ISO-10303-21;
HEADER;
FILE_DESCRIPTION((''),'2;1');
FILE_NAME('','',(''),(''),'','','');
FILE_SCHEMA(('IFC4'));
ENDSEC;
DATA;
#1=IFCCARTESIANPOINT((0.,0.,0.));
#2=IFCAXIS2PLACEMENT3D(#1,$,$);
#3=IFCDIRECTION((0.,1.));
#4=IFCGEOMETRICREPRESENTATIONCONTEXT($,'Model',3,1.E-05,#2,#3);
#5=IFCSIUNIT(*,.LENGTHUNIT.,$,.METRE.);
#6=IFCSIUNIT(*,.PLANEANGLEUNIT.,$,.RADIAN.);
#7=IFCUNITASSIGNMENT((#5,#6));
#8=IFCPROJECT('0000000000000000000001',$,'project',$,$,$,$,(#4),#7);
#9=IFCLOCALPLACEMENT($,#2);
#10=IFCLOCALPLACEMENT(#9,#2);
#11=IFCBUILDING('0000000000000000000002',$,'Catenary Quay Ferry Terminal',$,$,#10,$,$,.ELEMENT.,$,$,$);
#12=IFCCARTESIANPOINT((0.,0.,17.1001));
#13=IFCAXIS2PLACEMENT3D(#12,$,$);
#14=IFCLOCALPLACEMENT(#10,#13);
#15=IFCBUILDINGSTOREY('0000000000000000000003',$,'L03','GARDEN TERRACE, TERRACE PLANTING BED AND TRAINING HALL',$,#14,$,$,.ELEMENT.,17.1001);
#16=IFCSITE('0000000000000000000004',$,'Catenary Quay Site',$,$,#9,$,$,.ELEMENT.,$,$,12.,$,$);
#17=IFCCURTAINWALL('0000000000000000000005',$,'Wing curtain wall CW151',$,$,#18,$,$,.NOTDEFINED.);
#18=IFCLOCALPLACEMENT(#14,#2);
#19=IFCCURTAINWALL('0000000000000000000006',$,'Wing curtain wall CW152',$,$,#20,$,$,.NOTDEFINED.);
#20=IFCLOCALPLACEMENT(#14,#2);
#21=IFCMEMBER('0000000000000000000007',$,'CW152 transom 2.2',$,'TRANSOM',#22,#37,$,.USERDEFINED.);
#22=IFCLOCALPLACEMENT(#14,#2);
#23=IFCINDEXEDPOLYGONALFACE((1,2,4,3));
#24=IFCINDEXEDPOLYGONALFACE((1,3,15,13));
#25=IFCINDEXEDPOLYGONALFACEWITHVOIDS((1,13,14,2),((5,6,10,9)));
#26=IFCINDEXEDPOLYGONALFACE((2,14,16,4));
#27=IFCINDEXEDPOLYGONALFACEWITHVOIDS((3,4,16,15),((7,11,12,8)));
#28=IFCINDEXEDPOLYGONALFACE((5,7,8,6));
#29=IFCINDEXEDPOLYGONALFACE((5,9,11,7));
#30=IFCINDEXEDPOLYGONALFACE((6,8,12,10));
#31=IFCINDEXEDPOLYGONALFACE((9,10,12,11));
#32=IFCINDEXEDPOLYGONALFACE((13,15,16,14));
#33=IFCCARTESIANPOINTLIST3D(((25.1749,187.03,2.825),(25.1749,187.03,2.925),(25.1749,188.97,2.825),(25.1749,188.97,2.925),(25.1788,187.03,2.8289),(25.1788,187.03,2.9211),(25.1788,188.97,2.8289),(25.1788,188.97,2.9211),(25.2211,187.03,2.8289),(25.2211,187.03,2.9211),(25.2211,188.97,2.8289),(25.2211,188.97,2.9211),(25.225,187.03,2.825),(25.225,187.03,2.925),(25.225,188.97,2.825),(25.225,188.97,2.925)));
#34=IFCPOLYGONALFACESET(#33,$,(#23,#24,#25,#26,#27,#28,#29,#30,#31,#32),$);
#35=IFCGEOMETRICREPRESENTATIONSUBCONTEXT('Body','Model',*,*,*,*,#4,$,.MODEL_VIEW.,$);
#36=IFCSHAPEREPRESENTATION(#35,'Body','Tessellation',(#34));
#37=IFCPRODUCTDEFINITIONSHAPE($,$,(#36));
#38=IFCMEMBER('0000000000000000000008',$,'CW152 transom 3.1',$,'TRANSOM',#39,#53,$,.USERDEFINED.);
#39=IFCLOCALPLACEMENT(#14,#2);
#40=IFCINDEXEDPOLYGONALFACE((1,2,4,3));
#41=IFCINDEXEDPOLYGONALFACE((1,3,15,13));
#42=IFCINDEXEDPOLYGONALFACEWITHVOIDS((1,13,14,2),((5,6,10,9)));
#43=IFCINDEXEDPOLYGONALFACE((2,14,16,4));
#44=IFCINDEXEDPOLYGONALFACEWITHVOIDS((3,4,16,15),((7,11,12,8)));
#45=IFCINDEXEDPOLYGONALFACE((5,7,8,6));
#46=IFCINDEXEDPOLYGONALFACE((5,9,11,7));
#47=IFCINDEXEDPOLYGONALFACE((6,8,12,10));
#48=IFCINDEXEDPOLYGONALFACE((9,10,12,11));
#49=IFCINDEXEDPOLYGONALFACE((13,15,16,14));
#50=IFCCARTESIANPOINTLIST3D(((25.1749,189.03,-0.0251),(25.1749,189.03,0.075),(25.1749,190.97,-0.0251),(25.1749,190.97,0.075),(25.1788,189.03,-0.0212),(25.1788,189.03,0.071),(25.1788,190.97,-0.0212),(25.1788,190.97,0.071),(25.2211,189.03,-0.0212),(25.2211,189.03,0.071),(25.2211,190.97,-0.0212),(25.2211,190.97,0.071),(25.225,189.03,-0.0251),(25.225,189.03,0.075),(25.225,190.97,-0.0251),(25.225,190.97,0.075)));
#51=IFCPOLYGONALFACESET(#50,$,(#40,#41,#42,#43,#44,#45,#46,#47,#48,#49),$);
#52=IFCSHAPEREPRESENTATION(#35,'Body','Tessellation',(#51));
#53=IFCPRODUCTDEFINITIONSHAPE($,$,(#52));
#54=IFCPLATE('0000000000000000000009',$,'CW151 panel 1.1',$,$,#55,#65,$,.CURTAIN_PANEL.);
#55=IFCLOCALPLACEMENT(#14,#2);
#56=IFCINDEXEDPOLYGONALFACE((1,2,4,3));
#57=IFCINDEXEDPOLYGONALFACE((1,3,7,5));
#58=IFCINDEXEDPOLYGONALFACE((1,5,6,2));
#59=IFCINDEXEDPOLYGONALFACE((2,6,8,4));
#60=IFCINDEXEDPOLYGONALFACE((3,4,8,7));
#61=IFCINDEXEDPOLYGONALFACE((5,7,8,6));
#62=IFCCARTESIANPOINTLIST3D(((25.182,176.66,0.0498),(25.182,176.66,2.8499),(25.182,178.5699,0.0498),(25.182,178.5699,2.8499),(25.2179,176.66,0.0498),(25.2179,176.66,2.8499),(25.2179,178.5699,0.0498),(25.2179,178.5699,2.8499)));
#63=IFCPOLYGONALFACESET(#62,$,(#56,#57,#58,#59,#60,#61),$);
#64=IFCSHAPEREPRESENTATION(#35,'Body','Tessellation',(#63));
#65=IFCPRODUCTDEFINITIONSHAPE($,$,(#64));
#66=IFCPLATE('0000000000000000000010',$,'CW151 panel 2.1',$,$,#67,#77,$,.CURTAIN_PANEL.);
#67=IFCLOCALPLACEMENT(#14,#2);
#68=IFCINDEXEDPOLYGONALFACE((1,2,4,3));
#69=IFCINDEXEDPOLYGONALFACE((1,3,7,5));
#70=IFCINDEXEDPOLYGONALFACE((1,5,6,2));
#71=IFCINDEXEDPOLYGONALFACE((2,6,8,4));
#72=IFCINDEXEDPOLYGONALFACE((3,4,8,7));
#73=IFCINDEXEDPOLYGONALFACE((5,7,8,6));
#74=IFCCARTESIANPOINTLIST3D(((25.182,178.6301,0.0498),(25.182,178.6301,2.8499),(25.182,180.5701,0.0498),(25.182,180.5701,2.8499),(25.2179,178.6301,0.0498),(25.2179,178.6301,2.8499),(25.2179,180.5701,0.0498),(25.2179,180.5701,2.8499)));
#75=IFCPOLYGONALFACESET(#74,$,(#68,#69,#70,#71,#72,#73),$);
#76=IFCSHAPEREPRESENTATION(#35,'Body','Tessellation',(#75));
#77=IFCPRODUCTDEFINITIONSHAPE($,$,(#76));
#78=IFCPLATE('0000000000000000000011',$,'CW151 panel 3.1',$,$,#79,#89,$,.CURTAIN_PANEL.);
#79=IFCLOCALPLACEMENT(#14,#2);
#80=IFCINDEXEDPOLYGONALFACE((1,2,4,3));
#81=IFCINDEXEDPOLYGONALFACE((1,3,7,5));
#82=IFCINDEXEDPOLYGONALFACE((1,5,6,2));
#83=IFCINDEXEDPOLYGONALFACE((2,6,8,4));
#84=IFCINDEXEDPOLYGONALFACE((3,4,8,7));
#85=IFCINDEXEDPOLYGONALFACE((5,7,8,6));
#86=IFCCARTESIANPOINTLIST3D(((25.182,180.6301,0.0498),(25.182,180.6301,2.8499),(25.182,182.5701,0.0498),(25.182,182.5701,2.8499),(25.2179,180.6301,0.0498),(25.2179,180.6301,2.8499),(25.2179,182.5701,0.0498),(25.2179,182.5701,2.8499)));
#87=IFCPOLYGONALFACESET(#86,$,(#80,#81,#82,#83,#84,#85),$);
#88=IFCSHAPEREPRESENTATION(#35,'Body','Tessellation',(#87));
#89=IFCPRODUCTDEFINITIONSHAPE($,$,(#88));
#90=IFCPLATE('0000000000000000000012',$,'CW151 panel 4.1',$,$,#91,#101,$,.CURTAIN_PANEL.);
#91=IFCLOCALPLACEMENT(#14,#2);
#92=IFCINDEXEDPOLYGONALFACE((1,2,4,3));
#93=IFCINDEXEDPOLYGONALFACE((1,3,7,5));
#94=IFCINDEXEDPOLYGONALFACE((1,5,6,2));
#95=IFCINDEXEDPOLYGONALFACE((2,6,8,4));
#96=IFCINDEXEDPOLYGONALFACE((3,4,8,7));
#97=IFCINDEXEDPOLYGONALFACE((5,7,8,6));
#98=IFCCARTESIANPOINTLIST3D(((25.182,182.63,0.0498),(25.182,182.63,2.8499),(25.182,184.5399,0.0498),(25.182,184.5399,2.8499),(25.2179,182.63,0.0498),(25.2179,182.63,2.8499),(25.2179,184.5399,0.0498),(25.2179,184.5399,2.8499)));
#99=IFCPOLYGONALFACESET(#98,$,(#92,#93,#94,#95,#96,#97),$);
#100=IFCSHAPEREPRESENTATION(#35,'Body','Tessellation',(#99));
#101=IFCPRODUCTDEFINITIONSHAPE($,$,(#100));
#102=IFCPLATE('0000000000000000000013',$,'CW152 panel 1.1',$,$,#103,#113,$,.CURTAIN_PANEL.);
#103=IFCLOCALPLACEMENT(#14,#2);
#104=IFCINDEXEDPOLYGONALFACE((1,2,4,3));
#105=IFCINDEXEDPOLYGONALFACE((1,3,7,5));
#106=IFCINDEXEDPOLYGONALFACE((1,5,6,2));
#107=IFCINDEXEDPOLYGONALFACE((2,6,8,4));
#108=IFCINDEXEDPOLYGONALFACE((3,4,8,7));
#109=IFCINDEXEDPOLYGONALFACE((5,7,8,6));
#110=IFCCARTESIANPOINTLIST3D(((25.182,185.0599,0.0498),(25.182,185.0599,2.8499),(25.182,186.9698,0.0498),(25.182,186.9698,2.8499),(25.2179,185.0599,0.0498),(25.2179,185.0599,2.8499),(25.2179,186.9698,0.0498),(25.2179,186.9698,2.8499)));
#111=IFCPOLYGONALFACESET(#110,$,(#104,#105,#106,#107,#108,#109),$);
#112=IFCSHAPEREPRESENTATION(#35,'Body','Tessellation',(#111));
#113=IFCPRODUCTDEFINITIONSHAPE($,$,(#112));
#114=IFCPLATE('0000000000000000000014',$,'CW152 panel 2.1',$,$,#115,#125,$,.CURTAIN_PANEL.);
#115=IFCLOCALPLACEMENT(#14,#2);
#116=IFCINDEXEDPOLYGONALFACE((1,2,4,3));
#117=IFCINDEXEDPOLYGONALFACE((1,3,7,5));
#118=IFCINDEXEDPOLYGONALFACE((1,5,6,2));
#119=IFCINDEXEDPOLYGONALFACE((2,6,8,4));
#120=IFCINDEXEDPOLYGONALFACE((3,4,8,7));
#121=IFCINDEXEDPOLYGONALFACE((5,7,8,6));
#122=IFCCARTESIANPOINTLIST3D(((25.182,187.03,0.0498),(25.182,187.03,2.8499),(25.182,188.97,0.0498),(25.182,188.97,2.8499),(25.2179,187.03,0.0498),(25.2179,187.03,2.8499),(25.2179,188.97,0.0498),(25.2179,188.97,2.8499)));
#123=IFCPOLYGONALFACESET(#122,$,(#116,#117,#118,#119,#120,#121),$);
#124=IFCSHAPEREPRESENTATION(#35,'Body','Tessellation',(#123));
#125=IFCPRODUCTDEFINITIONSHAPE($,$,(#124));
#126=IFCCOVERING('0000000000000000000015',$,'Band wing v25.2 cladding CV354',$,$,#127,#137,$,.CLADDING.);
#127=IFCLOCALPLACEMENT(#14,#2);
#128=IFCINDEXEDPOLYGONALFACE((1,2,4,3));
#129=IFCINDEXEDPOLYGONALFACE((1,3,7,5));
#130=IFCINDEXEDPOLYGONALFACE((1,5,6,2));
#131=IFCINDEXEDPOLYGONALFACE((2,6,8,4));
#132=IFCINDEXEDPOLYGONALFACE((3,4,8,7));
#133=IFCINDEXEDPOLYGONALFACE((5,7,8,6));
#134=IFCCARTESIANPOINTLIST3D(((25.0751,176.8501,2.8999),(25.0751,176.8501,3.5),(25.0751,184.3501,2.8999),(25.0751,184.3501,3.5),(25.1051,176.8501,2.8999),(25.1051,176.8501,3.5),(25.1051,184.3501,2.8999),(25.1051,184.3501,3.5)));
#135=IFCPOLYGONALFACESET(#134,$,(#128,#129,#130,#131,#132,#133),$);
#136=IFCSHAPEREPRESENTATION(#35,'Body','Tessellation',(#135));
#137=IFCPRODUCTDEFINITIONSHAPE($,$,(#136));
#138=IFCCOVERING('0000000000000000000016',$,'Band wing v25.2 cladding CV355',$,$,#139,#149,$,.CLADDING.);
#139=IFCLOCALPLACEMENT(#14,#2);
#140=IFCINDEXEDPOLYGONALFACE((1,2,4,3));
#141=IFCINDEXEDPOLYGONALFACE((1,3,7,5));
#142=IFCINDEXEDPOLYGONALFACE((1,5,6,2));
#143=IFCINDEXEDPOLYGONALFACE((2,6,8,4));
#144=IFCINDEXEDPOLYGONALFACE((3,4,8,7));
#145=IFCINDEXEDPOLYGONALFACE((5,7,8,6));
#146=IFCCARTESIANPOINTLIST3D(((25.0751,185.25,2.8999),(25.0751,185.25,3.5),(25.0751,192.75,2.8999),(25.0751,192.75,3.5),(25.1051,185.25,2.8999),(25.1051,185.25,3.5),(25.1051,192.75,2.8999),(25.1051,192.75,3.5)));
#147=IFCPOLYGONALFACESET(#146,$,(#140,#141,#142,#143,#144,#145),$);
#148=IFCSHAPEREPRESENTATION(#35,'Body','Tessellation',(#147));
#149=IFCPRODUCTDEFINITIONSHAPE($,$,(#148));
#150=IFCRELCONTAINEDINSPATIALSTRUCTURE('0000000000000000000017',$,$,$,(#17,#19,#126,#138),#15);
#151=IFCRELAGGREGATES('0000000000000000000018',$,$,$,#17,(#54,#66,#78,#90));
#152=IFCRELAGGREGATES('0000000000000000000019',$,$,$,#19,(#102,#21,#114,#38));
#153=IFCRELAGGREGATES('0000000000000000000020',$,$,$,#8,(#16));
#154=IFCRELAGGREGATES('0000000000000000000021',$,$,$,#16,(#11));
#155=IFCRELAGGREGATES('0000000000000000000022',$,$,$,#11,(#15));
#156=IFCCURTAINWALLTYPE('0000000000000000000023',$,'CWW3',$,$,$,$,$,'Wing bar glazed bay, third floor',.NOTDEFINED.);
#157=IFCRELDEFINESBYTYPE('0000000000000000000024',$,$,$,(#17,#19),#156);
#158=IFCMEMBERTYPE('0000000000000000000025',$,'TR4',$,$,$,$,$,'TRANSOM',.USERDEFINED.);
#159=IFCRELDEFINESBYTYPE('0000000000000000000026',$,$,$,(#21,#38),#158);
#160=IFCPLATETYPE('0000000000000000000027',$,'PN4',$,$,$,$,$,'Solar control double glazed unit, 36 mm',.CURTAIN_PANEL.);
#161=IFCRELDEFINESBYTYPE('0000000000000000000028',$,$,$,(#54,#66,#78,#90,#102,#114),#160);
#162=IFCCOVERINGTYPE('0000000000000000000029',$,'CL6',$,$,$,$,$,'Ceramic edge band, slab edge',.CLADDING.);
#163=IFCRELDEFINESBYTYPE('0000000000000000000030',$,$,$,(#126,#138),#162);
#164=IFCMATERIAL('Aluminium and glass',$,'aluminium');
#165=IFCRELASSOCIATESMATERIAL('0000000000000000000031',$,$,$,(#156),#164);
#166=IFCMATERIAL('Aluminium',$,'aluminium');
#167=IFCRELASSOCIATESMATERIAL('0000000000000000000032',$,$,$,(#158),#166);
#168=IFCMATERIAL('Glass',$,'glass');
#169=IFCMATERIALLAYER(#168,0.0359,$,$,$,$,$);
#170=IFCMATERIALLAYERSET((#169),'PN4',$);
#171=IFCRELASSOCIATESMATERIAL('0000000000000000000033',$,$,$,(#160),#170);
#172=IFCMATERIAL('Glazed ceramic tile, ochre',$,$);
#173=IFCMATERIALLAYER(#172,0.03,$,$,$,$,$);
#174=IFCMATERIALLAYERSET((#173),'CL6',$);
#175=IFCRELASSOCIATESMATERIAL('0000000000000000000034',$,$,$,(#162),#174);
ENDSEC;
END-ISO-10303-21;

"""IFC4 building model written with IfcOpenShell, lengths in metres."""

from ifc_helpers import new_model, si_unit, direction, frame, origin, origin_2d, place, context, subcontext, project, spatial, rectangle, hollow_rectangle, extrude, material, layer, layer_set, material_profile, profile_set, type_object, element, aggregate, save


model = new_model("IFC4")

# Units and contexts
model_context = context("Model", 3, precision=1e-05, world=origin(), true_north=direction((0.0, 1.0)))
body_context = subcontext(model_context, "Body", "Model", "MODEL_VIEW")
ifc_project = project(units=[si_unit("LENGTHUNIT", "METRE"), si_unit("PLANEANGLEUNIT", "RADIAN")], contexts=[model_context])

# Site, building, storey
site_placement = place(None, origin())
site = spatial("IfcSite", under=ifc_project, at=site_placement, Name="Catenary Quay Site", CompositionType="ELEMENT", RefElevation=12.0)
building_placement = place(site_placement, origin())
building = spatial("IfcBuilding", under=site, at=building_placement, Name="Catenary Quay Ferry Terminal", CompositionType="ELEMENT")
storey_placement = place(building_placement, frame((0.0, 0.0, 17.1001)))
storey = spatial("IfcBuildingStorey", under=building, at=storey_placement, Name="L03", Description="GARDEN TERRACE, TERRACE PLANTING BED AND TRAINING HALL", CompositionType="ELEMENT", Elevation=17.1001)

# Curtain walls
ifc_material_1 = material(Name="Aluminium and glass", Category="aluminium")
curtain_wall_type = type_object("IfcCurtainWallType", Name="CWW3", ElementType="Wing bar glazed bay, third floor", PredefinedType="NOTDEFINED", material=ifc_material_1)
curtain_wall_1_placement = place(storey_placement, origin())
curtain_wall_1 = element("IfcCurtainWall", 1, at=curtain_wall_1_placement, inside=storey, type_object=curtain_wall_type, Name="Wing curtain wall CW151", PredefinedType="NOTDEFINED")
curtain_wall_2_placement = place(storey_placement, origin())
curtain_wall_2 = element("IfcCurtainWall", 2, at=curtain_wall_2_placement, inside=storey, type_object=curtain_wall_type, Name="Wing curtain wall CW152", PredefinedType="NOTDEFINED")

# Members
ifc_material_2 = material(Name="Aluminium", Category="aluminium")
ifc_material_profile_1 = material_profile(ifc_material_2, hollow_rectangle(XDim=0.05, YDim=0.1001, WallThickness=0.0039, at=origin_2d()), Name="TR4")
ifc_profile_set_1 = profile_set([ifc_material_profile_1], Name="Aluminium")
member_type_1 = type_object("IfcMemberType", Name="TR4", ElementType="TRANSOM", PredefinedType="USERDEFINED", material=ifc_profile_set_1)
member_1_placement = place(storey_placement, frame((25.2, 187.03, 2.875), z_axis=(0.0, 1.0, 0.0), x_axis=(-1.0, 0.0, 0.0)))
member_1 = element("IfcMember", 3, at=member_1_placement, type_object=member_type_1, Name="CW152 transom 2.2", ObjectType="TRANSOM", PredefinedType="USERDEFINED", context=body_context, shape_type="SweptSolid", body=[
    extrude(hollow_rectangle(XDim=0.05, YDim=0.1001, WallThickness=0.0039, at=origin_2d()), origin(), (0.0, 0.0, 1.0), 1.9399),
])
member_2_placement = place(storey_placement, frame((25.2, 189.03, 0.0249), z_axis=(0.0, 1.0, 0.0), x_axis=(-1.0, 0.0, 0.0)))
member_2 = element("IfcMember", 4, at=member_2_placement, type_object=member_type_1, Name="CW152 transom 3.1", ObjectType="TRANSOM", PredefinedType="USERDEFINED", context=body_context, shape_type="SweptSolid", body=[
    extrude(hollow_rectangle(XDim=0.05, YDim=0.1001, WallThickness=0.0039, at=origin_2d()), origin(), (0.0, 0.0, 1.0), 1.9399),
])

# Plates
ifc_material_3 = material(Name="Glass", Category="glass")
ifc_layer_1 = layer(ifc_material_3, 0.0359)
ifc_layer_set_1 = layer_set([ifc_layer_1], Name="PN4")
plate_type = type_object("IfcPlateType", Name="PN4", ElementType="Solar control double glazed unit, 36 mm", PredefinedType="CURTAIN_PANEL", material=ifc_layer_set_1)
plate_1_placement = place(storey_placement, frame((25.2, 177.615, 0.0498), z_axis=(0.0, 0.0, 1.0), x_axis=(0.0, 1.0, 0.0)))
plate_1 = element("IfcPlate", 5, at=plate_1_placement, type_object=plate_type, Name="CW151 panel 1.1", PredefinedType="CURTAIN_PANEL", context=body_context, shape_type="SweptSolid", body=[
    extrude(rectangle(XDim=1.9099, YDim=0.0359, at=origin_2d()), origin(), (0.0, 0.0, 1.0), 2.8),
])
plate_2_placement = place(storey_placement, frame((25.2, 179.6001, 0.0498), z_axis=(0.0, 0.0, 1.0), x_axis=(0.0, 1.0, 0.0)))
plate_2 = element("IfcPlate", 6, at=plate_2_placement, type_object=plate_type, Name="CW151 panel 2.1", PredefinedType="CURTAIN_PANEL", context=body_context, shape_type="SweptSolid", body=[
    extrude(rectangle(XDim=1.9399, YDim=0.0359, at=origin_2d()), origin(), (0.0, 0.0, 1.0), 2.8),
])
plate_3_placement = place(storey_placement, frame((25.2, 181.6001, 0.0498), z_axis=(0.0, 0.0, 1.0), x_axis=(0.0, 1.0, 0.0)))
plate_3 = element("IfcPlate", 7, at=plate_3_placement, type_object=plate_type, Name="CW151 panel 3.1", PredefinedType="CURTAIN_PANEL", context=body_context, shape_type="SweptSolid", body=[
    extrude(rectangle(XDim=1.9399, YDim=0.0359, at=origin_2d()), origin(), (0.0, 0.0, 1.0), 2.8),
])
plate_4_placement = place(storey_placement, frame((25.2, 183.585, 0.0498), z_axis=(0.0, 0.0, 1.0), x_axis=(0.0, 1.0, 0.0)))
plate_4 = element("IfcPlate", 8, at=plate_4_placement, type_object=plate_type, Name="CW151 panel 4.1", PredefinedType="CURTAIN_PANEL", context=body_context, shape_type="SweptSolid", body=[
    extrude(rectangle(XDim=1.9099, YDim=0.0359, at=origin_2d()), origin(), (0.0, 0.0, 1.0), 2.8),
])
aggregate(curtain_wall_1, [plate_1, plate_2, plate_3, plate_4])
plate_5_placement = place(storey_placement, frame((25.2, 186.0149, 0.0498), z_axis=(0.0, 0.0, 1.0), x_axis=(0.0, 1.0, 0.0)))
plate_5 = element("IfcPlate", 9, at=plate_5_placement, type_object=plate_type, Name="CW152 panel 1.1", PredefinedType="CURTAIN_PANEL", context=body_context, shape_type="SweptSolid", body=[
    extrude(rectangle(XDim=1.9099, YDim=0.0359, at=origin_2d()), origin(), (0.0, 0.0, 1.0), 2.8),
])
plate_6_placement = place(storey_placement, frame((25.2, 188.0, 0.0498), z_axis=(0.0, 0.0, 1.0), x_axis=(0.0, 1.0, 0.0)))
plate_6 = element("IfcPlate", 10, at=plate_6_placement, type_object=plate_type, Name="CW152 panel 2.1", PredefinedType="CURTAIN_PANEL", context=body_context, shape_type="SweptSolid", body=[
    extrude(rectangle(XDim=1.9399, YDim=0.0359, at=origin_2d()), origin(), (0.0, 0.0, 1.0), 2.8),
])
aggregate(curtain_wall_2, [plate_5, member_1, plate_6, member_2])

# Coverings
ifc_material_4 = material(Name="Glazed ceramic tile, ochre")
ifc_layer_2 = layer(ifc_material_4, 0.03)
ifc_layer_set_2 = layer_set([ifc_layer_2], Name="CL6")
covering_type = type_object("IfcCoveringType", Name="CL6", ElementType="Ceramic edge band, slab edge", PredefinedType="CLADDING", material=ifc_layer_set_2)
for number, where, z_axis, x_axis, name in (
    (11, (25.0901, 180.6001, 2.8999), (0.0, 0.0, 1.0), (1.0, 0.0, 0.0), "Band wing v25.2 cladding CV354"),
    (12, (25.0901, 189.0, 2.8999), (0.0, 0.0, 1.0), (1.0, 0.0, 0.0), "Band wing v25.2 cladding CV355"),
):
    element("IfcCovering", number, at=place(storey_placement, frame(where, z_axis=z_axis, x_axis=x_axis)), inside=storey, type_object=covering_type, Name=name, PredefinedType="CLADDING", context=body_context, shape_type="SweptSolid", body=[
        extrude(rectangle(XDim=0.03, YDim=7.5, at=origin_2d()), origin(), (0.0, 0.0, 1.0), 0.6001),
    ])

save(model, "model.ifc")
